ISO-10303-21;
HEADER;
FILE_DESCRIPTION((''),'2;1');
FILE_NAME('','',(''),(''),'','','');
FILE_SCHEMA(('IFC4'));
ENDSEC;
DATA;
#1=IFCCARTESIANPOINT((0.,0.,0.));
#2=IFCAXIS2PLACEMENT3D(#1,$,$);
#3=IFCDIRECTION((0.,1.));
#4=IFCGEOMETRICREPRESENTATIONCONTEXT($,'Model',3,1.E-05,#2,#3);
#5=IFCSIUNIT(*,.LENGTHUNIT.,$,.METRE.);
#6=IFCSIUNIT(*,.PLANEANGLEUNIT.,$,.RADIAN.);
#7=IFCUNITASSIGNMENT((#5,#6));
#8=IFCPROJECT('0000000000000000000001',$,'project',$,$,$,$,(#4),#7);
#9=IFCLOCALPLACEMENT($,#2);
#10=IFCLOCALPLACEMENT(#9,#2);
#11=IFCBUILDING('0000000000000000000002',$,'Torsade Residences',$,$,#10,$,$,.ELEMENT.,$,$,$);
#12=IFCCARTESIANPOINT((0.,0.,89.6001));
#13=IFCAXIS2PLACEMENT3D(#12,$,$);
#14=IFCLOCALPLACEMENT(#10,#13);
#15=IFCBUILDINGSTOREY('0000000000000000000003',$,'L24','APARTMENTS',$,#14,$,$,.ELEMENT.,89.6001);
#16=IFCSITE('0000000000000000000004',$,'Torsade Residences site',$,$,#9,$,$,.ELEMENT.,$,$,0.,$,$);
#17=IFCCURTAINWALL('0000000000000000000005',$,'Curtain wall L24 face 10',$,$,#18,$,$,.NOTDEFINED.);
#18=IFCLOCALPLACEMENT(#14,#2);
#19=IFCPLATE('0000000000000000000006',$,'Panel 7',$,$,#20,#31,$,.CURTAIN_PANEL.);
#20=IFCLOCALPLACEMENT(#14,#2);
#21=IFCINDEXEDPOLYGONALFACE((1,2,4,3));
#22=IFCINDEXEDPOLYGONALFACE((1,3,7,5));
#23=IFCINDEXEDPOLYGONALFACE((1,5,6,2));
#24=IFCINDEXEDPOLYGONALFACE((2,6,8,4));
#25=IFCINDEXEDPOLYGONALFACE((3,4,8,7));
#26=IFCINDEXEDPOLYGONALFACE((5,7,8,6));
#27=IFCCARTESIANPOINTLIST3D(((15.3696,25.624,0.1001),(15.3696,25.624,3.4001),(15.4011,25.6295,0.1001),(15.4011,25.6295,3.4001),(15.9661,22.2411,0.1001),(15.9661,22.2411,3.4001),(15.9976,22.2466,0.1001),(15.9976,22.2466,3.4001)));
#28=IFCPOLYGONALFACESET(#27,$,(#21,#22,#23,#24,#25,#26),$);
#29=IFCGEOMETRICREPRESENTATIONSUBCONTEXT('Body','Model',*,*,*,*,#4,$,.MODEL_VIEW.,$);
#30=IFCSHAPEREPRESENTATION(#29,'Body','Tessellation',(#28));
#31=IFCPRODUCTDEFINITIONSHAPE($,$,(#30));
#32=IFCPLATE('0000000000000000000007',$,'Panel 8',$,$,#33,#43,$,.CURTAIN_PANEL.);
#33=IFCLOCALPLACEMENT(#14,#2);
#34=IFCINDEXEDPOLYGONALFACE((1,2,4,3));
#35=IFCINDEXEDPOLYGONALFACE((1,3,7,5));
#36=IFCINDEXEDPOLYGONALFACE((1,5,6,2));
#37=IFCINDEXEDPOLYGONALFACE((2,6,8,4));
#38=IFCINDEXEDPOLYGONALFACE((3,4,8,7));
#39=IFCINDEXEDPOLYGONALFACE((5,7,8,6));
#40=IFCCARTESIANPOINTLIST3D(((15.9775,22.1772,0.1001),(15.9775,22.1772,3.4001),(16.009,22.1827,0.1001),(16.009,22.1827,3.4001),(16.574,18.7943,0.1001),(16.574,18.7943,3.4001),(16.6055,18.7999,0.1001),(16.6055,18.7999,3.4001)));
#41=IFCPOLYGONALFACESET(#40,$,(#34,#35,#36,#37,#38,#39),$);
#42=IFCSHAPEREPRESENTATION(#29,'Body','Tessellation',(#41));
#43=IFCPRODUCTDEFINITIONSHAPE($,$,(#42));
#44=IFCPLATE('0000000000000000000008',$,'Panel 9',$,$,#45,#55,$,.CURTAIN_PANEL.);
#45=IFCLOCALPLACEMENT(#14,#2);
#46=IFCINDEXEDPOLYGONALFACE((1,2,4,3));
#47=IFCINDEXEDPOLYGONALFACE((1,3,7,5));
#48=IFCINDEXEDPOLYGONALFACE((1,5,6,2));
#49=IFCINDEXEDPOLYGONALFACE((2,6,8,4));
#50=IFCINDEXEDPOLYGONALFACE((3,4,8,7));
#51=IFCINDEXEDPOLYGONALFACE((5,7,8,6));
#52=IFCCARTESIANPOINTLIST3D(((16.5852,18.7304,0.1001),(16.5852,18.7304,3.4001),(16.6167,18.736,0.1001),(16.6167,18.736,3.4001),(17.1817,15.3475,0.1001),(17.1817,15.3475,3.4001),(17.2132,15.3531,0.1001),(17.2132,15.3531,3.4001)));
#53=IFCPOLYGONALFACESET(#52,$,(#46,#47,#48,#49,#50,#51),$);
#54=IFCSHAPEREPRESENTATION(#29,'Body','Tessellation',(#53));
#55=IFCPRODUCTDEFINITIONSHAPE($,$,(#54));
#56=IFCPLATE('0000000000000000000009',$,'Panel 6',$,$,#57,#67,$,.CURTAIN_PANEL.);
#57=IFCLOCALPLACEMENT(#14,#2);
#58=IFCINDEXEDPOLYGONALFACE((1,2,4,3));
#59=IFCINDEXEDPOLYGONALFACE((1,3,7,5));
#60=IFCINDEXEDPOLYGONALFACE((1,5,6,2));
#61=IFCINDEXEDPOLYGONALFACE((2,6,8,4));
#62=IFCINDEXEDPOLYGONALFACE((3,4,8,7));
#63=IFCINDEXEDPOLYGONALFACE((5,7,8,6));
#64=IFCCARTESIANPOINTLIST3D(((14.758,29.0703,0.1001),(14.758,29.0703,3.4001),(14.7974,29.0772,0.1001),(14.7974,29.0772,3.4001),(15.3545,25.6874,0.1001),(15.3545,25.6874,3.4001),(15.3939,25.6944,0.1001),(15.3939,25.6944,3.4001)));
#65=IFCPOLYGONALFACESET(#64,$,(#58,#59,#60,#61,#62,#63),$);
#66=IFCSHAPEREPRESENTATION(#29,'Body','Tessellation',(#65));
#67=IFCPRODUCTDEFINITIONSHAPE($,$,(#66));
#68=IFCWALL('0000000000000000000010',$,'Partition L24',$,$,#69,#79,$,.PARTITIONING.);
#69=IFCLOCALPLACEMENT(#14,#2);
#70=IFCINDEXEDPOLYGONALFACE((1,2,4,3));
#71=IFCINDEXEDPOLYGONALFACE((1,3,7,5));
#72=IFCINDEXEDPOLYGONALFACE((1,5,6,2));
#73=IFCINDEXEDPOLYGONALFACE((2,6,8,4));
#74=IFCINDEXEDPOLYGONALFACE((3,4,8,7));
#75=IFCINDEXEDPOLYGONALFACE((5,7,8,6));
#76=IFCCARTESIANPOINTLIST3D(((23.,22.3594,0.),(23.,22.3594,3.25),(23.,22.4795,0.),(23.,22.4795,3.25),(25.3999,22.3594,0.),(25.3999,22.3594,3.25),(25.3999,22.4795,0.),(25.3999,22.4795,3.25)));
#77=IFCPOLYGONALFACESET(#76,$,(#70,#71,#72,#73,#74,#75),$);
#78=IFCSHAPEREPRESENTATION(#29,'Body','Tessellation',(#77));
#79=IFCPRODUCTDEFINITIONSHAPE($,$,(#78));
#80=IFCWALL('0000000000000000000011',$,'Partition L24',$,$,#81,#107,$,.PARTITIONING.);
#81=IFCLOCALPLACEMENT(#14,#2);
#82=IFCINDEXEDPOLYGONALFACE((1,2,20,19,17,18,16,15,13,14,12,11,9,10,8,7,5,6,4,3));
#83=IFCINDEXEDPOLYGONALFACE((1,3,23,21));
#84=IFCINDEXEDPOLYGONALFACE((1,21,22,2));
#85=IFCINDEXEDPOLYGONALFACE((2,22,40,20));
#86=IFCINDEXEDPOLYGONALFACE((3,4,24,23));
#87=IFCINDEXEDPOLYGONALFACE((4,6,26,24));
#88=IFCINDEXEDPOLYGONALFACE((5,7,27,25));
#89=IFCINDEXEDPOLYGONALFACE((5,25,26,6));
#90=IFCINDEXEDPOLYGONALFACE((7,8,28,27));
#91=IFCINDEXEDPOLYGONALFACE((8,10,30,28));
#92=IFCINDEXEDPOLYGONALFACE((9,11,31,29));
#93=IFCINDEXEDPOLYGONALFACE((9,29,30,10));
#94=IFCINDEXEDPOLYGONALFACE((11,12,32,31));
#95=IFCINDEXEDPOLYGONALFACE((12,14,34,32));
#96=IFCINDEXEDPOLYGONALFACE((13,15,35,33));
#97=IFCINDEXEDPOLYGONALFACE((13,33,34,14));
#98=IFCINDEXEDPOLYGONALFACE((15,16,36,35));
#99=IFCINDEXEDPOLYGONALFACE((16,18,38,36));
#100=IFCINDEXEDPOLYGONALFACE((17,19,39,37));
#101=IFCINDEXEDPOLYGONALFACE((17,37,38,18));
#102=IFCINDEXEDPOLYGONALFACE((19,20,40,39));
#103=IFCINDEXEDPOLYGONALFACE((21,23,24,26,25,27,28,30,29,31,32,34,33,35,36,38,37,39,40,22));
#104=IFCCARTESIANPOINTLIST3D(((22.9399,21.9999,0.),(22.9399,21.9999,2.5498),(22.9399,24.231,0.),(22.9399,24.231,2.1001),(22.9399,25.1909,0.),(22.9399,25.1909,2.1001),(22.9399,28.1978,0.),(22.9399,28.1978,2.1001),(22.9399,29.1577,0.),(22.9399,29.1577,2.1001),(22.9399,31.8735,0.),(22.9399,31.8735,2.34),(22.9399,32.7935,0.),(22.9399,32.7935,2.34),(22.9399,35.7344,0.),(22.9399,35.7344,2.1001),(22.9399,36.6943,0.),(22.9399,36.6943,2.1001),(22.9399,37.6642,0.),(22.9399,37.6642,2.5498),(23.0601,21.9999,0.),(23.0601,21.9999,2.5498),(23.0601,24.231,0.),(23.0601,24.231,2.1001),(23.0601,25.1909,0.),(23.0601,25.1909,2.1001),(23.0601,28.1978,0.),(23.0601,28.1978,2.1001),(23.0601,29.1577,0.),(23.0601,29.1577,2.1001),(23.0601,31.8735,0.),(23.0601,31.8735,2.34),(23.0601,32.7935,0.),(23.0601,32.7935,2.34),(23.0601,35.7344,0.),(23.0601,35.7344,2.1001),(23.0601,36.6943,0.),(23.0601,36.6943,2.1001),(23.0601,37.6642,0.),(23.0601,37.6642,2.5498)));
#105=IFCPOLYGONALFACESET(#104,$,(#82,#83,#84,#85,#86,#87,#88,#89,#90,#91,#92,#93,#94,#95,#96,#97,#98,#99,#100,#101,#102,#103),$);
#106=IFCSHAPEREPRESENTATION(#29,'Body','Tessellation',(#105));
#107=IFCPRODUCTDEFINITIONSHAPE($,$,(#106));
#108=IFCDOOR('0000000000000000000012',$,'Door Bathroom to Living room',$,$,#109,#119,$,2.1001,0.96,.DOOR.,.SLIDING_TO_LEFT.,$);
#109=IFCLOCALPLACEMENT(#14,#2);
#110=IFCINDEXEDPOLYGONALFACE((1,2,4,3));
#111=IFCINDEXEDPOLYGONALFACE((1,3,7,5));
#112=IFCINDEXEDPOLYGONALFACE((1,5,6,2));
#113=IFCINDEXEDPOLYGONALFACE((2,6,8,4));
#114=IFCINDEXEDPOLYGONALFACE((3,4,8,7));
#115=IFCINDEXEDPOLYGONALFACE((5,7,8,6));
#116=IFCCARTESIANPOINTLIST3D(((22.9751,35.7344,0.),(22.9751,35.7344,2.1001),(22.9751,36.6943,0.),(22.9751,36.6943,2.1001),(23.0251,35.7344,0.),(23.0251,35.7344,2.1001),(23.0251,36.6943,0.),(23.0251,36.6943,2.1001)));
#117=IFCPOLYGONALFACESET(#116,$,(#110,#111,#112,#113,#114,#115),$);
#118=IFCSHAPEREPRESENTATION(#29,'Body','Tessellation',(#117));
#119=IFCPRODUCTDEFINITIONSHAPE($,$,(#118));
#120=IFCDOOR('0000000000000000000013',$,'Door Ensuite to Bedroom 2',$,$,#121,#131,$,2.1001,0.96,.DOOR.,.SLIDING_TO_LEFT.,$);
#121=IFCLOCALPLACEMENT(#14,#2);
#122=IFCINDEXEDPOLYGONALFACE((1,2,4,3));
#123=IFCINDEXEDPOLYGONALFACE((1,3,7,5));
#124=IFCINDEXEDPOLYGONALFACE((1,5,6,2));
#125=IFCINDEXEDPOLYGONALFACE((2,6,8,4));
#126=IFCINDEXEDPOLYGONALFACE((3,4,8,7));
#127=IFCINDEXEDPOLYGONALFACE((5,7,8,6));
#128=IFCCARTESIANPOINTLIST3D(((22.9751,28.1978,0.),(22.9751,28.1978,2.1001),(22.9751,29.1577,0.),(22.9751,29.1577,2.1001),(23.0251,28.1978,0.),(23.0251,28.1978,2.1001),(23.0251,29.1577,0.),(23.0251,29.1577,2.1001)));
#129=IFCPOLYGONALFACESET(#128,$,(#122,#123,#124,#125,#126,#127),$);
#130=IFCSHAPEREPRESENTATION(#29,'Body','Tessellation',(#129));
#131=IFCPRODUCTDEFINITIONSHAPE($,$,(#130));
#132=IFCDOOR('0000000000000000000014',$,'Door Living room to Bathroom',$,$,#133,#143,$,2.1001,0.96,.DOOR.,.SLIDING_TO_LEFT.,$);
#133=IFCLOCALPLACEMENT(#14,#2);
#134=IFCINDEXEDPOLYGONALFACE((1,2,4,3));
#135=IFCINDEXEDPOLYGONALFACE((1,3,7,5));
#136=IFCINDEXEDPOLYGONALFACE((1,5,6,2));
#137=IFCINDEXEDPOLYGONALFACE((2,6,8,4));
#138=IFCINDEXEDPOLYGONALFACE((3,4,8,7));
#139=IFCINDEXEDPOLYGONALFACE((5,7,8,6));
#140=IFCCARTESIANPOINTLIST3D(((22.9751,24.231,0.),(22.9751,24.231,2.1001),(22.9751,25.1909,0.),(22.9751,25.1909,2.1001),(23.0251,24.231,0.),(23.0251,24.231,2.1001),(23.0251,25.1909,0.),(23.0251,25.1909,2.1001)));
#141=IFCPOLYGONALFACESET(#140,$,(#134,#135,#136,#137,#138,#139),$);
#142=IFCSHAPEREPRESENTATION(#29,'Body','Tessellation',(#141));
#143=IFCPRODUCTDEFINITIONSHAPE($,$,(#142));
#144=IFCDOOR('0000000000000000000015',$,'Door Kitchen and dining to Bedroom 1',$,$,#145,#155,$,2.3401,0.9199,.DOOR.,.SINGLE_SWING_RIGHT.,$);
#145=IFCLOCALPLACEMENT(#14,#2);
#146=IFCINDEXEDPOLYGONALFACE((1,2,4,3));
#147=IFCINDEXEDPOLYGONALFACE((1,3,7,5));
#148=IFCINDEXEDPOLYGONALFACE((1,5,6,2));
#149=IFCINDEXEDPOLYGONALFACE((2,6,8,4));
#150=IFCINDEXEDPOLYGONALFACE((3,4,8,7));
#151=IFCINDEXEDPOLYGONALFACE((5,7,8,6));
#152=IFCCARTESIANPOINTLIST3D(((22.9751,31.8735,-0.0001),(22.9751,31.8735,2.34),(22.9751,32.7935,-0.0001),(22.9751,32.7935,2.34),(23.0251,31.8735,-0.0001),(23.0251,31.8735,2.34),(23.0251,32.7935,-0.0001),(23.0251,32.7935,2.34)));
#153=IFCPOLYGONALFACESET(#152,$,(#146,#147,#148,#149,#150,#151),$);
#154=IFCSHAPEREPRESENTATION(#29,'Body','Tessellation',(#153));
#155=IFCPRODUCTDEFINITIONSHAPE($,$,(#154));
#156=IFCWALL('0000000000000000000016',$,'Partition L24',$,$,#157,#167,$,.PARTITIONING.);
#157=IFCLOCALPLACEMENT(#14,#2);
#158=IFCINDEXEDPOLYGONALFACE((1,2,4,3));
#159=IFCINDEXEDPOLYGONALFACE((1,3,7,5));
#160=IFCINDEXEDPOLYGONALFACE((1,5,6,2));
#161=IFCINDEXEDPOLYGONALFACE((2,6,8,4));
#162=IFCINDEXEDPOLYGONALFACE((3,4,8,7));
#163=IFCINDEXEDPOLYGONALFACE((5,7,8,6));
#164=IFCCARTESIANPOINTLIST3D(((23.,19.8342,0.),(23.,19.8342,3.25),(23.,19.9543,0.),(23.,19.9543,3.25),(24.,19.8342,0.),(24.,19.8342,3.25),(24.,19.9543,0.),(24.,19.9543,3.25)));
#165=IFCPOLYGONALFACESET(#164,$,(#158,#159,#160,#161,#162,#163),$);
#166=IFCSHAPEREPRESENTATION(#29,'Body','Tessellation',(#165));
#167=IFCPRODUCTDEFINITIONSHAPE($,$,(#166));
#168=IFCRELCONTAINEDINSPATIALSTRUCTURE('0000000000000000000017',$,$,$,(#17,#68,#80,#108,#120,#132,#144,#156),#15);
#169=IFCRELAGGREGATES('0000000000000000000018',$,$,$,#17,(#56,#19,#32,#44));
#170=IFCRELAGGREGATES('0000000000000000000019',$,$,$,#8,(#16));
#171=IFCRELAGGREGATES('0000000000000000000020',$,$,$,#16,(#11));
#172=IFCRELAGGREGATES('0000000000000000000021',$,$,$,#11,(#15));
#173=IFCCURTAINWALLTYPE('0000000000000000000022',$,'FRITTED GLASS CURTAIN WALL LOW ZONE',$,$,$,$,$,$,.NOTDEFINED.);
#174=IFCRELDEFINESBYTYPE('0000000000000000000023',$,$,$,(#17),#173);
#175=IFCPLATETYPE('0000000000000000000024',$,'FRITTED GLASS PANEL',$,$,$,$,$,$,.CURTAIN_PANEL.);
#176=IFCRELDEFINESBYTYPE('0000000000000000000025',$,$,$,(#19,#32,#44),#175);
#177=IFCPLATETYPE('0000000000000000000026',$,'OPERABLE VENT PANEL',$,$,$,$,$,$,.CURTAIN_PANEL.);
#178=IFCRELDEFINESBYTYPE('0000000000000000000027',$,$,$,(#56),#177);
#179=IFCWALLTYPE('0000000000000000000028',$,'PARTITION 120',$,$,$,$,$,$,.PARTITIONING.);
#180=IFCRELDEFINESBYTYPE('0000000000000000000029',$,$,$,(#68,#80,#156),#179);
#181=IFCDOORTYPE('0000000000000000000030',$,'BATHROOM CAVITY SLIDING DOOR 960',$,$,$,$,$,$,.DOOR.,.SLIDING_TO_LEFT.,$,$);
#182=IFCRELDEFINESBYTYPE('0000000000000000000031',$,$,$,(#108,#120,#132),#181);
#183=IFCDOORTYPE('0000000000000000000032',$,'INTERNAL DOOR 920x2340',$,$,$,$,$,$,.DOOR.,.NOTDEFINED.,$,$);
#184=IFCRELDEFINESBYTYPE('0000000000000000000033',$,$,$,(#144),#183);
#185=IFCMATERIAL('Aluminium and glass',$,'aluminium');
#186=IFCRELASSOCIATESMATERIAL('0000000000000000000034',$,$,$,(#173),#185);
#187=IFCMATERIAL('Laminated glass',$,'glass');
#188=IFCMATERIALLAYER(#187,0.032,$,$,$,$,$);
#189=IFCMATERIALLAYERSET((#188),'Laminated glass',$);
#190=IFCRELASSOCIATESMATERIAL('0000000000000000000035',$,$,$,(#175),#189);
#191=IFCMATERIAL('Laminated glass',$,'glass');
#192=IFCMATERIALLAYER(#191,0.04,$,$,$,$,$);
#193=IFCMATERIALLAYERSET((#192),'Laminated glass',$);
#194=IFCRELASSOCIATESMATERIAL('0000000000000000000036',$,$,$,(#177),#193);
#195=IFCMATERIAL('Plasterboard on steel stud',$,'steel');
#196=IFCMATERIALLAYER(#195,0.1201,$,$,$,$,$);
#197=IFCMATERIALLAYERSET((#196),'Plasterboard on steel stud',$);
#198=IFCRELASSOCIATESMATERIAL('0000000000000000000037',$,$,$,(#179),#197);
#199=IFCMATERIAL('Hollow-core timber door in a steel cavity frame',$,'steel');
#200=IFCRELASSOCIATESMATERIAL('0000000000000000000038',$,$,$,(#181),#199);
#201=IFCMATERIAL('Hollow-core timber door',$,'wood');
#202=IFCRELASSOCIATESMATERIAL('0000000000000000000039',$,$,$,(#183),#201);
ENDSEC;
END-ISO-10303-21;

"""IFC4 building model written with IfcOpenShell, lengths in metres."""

from ifc_helpers import new_model, si_unit, direction, frame, frame_2d, origin, origin_2d, place, context, subcontext, project, spatial, rectangle, extrude, material, layer, layer_set, type_object, element, fill, aggregate, save


model = new_model("IFC4")

# Units and contexts
model_context = context("Model", 3, precision=1e-05, world=origin(), true_north=direction((0.0, 1.0)))
body_context = subcontext(model_context, "Body", "Model", "MODEL_VIEW")
ifc_project = project(units=[si_unit("LENGTHUNIT", "METRE"), si_unit("PLANEANGLEUNIT", "RADIAN")], contexts=[model_context])

# Site, building, storey
site_placement = place(None, origin())
site = spatial("IfcSite", under=ifc_project, at=site_placement, Name="Torsade Residences site", CompositionType="ELEMENT", RefElevation=0.0)
building_placement = place(site_placement, origin())
building = spatial("IfcBuilding", under=site, at=building_placement, Name="Torsade Residences", CompositionType="ELEMENT")
storey_placement = place(building_placement, frame((0.0, 0.0, 89.6001)))
storey = spatial("IfcBuildingStorey", under=building, at=storey_placement, Name="L24", Description="APARTMENTS", CompositionType="ELEMENT", Elevation=89.6001)

# Curtain wall
ifc_material_1 = material(Name="Aluminium and glass", Category="aluminium")
curtain_wall_type = type_object("IfcCurtainWallType", Name="FRITTED GLASS CURTAIN WALL LOW ZONE", PredefinedType="NOTDEFINED", material=ifc_material_1)
curtain_wall_placement = place(storey_placement, origin())
curtain_wall = element("IfcCurtainWall", 1, at=curtain_wall_placement, inside=storey, type_object=curtain_wall_type, Name="Curtain wall L24 face 10", PredefinedType="NOTDEFINED")

# Plates
ifc_material_2 = material(Name="Laminated glass", Category="glass")
ifc_layer_1 = layer(ifc_material_2, 0.032)
ifc_layer_set_1 = layer_set([ifc_layer_1], Name="Laminated glass")
plate_type_1 = type_object("IfcPlateType", Name="FRITTED GLASS PANEL", PredefinedType="CURTAIN_PANEL", material=ifc_layer_set_1)
plate_1_placement = place(storey_placement, frame((15.6836, 23.9353, 0.1001), z_axis=(0.0, 0.0, 1.0), x_axis=(0.173648, -0.984808, 0.0)))
plate_1 = element("IfcPlate", 2, at=plate_1_placement, type_object=plate_type_1, Name="Panel 7", PredefinedType="CURTAIN_PANEL", context=body_context, shape_type="SweptSolid", body=[
    extrude(rectangle(XDim=3.4351, YDim=0.032, at=origin_2d()), origin(), (0.0, 0.0, 1.0), 3.3),
])
plate_2_placement = place(storey_placement, frame((16.2915, 20.4885, 0.1001), z_axis=(0.0, 0.0, 1.0), x_axis=(0.173648, -0.984808, 0.0)))
plate_2 = element("IfcPlate", 3, at=plate_2_placement, type_object=plate_type_1, Name="Panel 8", PredefinedType="CURTAIN_PANEL", context=body_context, shape_type="SweptSolid", body=[
    extrude(rectangle(XDim=3.4351, YDim=0.032, at=origin_2d()), origin(), (0.0, 0.0, 1.0), 3.3),
])
plate_3_placement = place(storey_placement, frame((16.8992, 17.0417, 0.1001), z_axis=(0.0, 0.0, 1.0), x_axis=(0.173648, -0.984808, 0.0)))
plate_3 = element("IfcPlate", 4, at=plate_3_placement, type_object=plate_type_1, Name="Panel 9", PredefinedType="CURTAIN_PANEL", context=body_context, shape_type="SweptSolid", body=[
    extrude(rectangle(XDim=3.4351, YDim=0.032, at=origin_2d()), origin(), (0.0, 0.0, 1.0), 3.3),
])
ifc_material_3 = material(Name="Laminated glass", Category="glass")
ifc_layer_2 = layer(ifc_material_3, 0.04)
ifc_layer_set_2 = layer_set([ifc_layer_2], Name="Laminated glass")
plate_type_2 = type_object("IfcPlateType", Name="OPERABLE VENT PANEL", PredefinedType="CURTAIN_PANEL", material=ifc_layer_set_2)
plate_4_placement = place(storey_placement, frame((15.0759, 27.3823, 0.1001), z_axis=(0.0, 0.0, 1.0), x_axis=(0.173648, -0.984808, 0.0)))
plate_4 = element("IfcPlate", 5, at=plate_4_placement, type_object=plate_type_2, Name="Panel 6", PredefinedType="CURTAIN_PANEL", context=body_context, shape_type="SweptSolid", body=[
    extrude(rectangle(XDim=3.4351, YDim=0.04, at=origin_2d()), origin(), (0.0, 0.0, 1.0), 3.3),
])
aggregate(curtain_wall, [plate_4, plate_1, plate_2, plate_3])

# Wall
ifc_material_4 = material(Name="Plasterboard on steel stud", Category="steel")
ifc_layer_3 = layer(ifc_material_4, 0.1201)
ifc_layer_set_3 = layer_set([ifc_layer_3], Name="Plasterboard on steel stud")
wall_type_1 = type_object("IfcWallType", Name="PARTITION 120", PredefinedType="PARTITIONING", material=ifc_layer_set_3)
wall_1_placement = place(storey_placement, frame((23.0, 22.4194, 0.0), z_axis=(0.0, 0.0, 1.0), x_axis=(1.0, 0.0, 0.0)))
element("IfcWall", 6, at=wall_1_placement, inside=storey, type_object=wall_type_1, Name="Partition L24", PredefinedType="PARTITIONING", context=body_context, shape_type="SweptSolid", body=[
    extrude(rectangle(XDim=2.3999, YDim=0.1201, at=frame_2d((1.2, 0.0))), origin(), (0.0, 0.0, 1.0), 3.25),
])

# Wall, openings, doors
wall_2_placement = place(storey_placement, frame((23.0, 22.0, 0.0), z_axis=(0.0, 0.0, 1.0), x_axis=(0.0, 1.0, 0.0)))
wall_2 = element("IfcWall", 7, at=wall_2_placement, inside=storey, type_object=wall_type_1, Name="Partition L24", PredefinedType="PARTITIONING", context=body_context, shape_type="SweptSolid", body=[
    extrude(rectangle(XDim=15.6643, YDim=0.1201, at=frame_2d((7.832, 0.0))), origin(), (0.0, 0.0, 1.0), 2.5498),
])
opening_1_placement = place(wall_2_placement, frame((9.8735, 0.0, 0.0)))
opening_1 = element("IfcOpeningElement", 8, at=opening_1_placement, cuts=wall_2, PredefinedType="OPENING", context=body_context, shape_type="SweptSolid", body=[
    extrude(rectangle(XDim=0.9199, YDim=2.3401, at=frame_2d((0.46, 1.1699))), frame((0.0, 0.0701, 0.0), z_axis=(0.0, -1.0, 0.0), x_axis=(1.0, 0.0, 0.0)), (0.0, 0.0, 1.0), 0.1401),
])
opening_2_placement = place(wall_2_placement, frame((13.7344, 0.0, 0.0)))
opening_2 = element("IfcOpeningElement", 9, at=opening_2_placement, cuts=wall_2, PredefinedType="OPENING", context=body_context, shape_type="SweptSolid", body=[
    extrude(rectangle(XDim=0.96, YDim=2.1001, at=frame_2d((0.48, 1.05))), frame((0.0, 0.0701, 0.0), z_axis=(0.0, -1.0, 0.0), x_axis=(1.0, 0.0, 0.0)), (0.0, 0.0, 1.0), 0.1401),
])
opening_3_placement = place(wall_2_placement, frame((6.1978, 0.0, 0.0)))
opening_3 = element("IfcOpeningElement", 10, at=opening_3_placement, cuts=wall_2, PredefinedType="OPENING", context=body_context, shape_type="SweptSolid", body=[
    extrude(rectangle(XDim=0.96, YDim=2.1001, at=frame_2d((0.48, 1.05))), frame((0.0, 0.0701, 0.0), z_axis=(0.0, -1.0, 0.0), x_axis=(1.0, 0.0, 0.0)), (0.0, 0.0, 1.0), 0.1401),
])
opening_4_placement = place(wall_2_placement, frame((2.231, 0.0, 0.0)))
opening_4 = element("IfcOpeningElement", 11, at=opening_4_placement, cuts=wall_2, PredefinedType="OPENING", context=body_context, shape_type="SweptSolid", body=[
    extrude(rectangle(XDim=0.96, YDim=2.1001, at=frame_2d((0.48, 1.05))), frame((0.0, 0.0701, 0.0), z_axis=(0.0, -1.0, 0.0), x_axis=(1.0, 0.0, 0.0)), (0.0, 0.0, 1.0), 0.1401),
])
ifc_material_5 = material(Name="Hollow-core timber door in a steel cavity frame", Category="steel")
door_type_1 = type_object("IfcDoorType", Name="BATHROOM CAVITY SLIDING DOOR 960", OperationType="SLIDING_TO_LEFT", PredefinedType="DOOR", material=ifc_material_5)
door_1_placement = place(opening_2_placement, origin())
door_1 = element("IfcDoor", 12, at=door_1_placement, inside=storey, type_object=door_type_1, Name="Door Bathroom to Living room", OperationType="SLIDING_TO_LEFT", OverallHeight=2.1001, OverallWidth=0.96, PredefinedType="DOOR", context=body_context, shape_type="SweptSolid", body=[
    extrude(rectangle(XDim=0.96, YDim=2.1001, at=frame_2d((0.48, 1.05))), frame((0.0, 0.0249, 0.0), z_axis=(0.0, -1.0, 0.0), x_axis=(1.0, 0.0, 0.0)), (0.0, 0.0, 1.0), 0.05),
])
fill(opening_2, door_1)
door_2_placement = place(opening_3_placement, origin())
door_2 = element("IfcDoor", 13, at=door_2_placement, inside=storey, type_object=door_type_1, Name="Door Ensuite to Bedroom 2", OperationType="SLIDING_TO_LEFT", OverallHeight=2.1001, OverallWidth=0.96, PredefinedType="DOOR", context=body_context, shape_type="SweptSolid", body=[
    extrude(rectangle(XDim=0.96, YDim=2.1001, at=frame_2d((0.48, 1.05))), frame((0.0, 0.0249, 0.0), z_axis=(0.0, -1.0, 0.0), x_axis=(1.0, 0.0, 0.0)), (0.0, 0.0, 1.0), 0.05),
])
fill(opening_3, door_2)
door_3_placement = place(opening_4_placement, origin())
door_3 = element("IfcDoor", 14, at=door_3_placement, inside=storey, type_object=door_type_1, Name="Door Living room to Bathroom", OperationType="SLIDING_TO_LEFT", OverallHeight=2.1001, OverallWidth=0.96, PredefinedType="DOOR", context=body_context, shape_type="SweptSolid", body=[
    extrude(rectangle(XDim=0.96, YDim=2.1001, at=frame_2d((0.48, 1.05))), frame((0.0, 0.0249, 0.0), z_axis=(0.0, -1.0, 0.0), x_axis=(1.0, 0.0, 0.0)), (0.0, 0.0, 1.0), 0.05),
])
fill(opening_4, door_3)
ifc_material_6 = material(Name="Hollow-core timber door", Category="wood")
door_type_2 = type_object("IfcDoorType", Name="INTERNAL DOOR 920x2340", OperationType="NOTDEFINED", PredefinedType="DOOR", material=ifc_material_6)
door_4_placement = place(opening_1_placement, origin())
door_4 = element("IfcDoor", 15, at=door_4_placement, inside=storey, type_object=door_type_2, Name="Door Kitchen and dining to Bedroom 1", OperationType="SINGLE_SWING_RIGHT", OverallHeight=2.3401, OverallWidth=0.9199, PredefinedType="DOOR", context=body_context, shape_type="SweptSolid", body=[
    extrude(rectangle(XDim=0.9199, YDim=2.3401, at=frame_2d((0.46, 1.1699))), frame((0.0, 0.0249, 0.0), z_axis=(0.0, -1.0, 0.0), x_axis=(1.0, 0.0, 0.0)), (0.0, 0.0, 1.0), 0.05),
])
fill(opening_1, door_4)

# Wall
wall_3_placement = place(storey_placement, frame((23.0, 19.8943, 0.0), z_axis=(0.0, 0.0, 1.0), x_axis=(1.0, 0.0, 0.0)))
element("IfcWall", 16, at=wall_3_placement, inside=storey, type_object=wall_type_1, Name="Partition L24", PredefinedType="PARTITIONING", context=body_context, shape_type="SweptSolid", body=[
    extrude(rectangle(XDim=1.0, YDim=0.1201, at=frame_2d((0.5, 0.0))), origin(), (0.0, 0.0, 1.0), 3.25),
])

save(model, "model.ifc")
